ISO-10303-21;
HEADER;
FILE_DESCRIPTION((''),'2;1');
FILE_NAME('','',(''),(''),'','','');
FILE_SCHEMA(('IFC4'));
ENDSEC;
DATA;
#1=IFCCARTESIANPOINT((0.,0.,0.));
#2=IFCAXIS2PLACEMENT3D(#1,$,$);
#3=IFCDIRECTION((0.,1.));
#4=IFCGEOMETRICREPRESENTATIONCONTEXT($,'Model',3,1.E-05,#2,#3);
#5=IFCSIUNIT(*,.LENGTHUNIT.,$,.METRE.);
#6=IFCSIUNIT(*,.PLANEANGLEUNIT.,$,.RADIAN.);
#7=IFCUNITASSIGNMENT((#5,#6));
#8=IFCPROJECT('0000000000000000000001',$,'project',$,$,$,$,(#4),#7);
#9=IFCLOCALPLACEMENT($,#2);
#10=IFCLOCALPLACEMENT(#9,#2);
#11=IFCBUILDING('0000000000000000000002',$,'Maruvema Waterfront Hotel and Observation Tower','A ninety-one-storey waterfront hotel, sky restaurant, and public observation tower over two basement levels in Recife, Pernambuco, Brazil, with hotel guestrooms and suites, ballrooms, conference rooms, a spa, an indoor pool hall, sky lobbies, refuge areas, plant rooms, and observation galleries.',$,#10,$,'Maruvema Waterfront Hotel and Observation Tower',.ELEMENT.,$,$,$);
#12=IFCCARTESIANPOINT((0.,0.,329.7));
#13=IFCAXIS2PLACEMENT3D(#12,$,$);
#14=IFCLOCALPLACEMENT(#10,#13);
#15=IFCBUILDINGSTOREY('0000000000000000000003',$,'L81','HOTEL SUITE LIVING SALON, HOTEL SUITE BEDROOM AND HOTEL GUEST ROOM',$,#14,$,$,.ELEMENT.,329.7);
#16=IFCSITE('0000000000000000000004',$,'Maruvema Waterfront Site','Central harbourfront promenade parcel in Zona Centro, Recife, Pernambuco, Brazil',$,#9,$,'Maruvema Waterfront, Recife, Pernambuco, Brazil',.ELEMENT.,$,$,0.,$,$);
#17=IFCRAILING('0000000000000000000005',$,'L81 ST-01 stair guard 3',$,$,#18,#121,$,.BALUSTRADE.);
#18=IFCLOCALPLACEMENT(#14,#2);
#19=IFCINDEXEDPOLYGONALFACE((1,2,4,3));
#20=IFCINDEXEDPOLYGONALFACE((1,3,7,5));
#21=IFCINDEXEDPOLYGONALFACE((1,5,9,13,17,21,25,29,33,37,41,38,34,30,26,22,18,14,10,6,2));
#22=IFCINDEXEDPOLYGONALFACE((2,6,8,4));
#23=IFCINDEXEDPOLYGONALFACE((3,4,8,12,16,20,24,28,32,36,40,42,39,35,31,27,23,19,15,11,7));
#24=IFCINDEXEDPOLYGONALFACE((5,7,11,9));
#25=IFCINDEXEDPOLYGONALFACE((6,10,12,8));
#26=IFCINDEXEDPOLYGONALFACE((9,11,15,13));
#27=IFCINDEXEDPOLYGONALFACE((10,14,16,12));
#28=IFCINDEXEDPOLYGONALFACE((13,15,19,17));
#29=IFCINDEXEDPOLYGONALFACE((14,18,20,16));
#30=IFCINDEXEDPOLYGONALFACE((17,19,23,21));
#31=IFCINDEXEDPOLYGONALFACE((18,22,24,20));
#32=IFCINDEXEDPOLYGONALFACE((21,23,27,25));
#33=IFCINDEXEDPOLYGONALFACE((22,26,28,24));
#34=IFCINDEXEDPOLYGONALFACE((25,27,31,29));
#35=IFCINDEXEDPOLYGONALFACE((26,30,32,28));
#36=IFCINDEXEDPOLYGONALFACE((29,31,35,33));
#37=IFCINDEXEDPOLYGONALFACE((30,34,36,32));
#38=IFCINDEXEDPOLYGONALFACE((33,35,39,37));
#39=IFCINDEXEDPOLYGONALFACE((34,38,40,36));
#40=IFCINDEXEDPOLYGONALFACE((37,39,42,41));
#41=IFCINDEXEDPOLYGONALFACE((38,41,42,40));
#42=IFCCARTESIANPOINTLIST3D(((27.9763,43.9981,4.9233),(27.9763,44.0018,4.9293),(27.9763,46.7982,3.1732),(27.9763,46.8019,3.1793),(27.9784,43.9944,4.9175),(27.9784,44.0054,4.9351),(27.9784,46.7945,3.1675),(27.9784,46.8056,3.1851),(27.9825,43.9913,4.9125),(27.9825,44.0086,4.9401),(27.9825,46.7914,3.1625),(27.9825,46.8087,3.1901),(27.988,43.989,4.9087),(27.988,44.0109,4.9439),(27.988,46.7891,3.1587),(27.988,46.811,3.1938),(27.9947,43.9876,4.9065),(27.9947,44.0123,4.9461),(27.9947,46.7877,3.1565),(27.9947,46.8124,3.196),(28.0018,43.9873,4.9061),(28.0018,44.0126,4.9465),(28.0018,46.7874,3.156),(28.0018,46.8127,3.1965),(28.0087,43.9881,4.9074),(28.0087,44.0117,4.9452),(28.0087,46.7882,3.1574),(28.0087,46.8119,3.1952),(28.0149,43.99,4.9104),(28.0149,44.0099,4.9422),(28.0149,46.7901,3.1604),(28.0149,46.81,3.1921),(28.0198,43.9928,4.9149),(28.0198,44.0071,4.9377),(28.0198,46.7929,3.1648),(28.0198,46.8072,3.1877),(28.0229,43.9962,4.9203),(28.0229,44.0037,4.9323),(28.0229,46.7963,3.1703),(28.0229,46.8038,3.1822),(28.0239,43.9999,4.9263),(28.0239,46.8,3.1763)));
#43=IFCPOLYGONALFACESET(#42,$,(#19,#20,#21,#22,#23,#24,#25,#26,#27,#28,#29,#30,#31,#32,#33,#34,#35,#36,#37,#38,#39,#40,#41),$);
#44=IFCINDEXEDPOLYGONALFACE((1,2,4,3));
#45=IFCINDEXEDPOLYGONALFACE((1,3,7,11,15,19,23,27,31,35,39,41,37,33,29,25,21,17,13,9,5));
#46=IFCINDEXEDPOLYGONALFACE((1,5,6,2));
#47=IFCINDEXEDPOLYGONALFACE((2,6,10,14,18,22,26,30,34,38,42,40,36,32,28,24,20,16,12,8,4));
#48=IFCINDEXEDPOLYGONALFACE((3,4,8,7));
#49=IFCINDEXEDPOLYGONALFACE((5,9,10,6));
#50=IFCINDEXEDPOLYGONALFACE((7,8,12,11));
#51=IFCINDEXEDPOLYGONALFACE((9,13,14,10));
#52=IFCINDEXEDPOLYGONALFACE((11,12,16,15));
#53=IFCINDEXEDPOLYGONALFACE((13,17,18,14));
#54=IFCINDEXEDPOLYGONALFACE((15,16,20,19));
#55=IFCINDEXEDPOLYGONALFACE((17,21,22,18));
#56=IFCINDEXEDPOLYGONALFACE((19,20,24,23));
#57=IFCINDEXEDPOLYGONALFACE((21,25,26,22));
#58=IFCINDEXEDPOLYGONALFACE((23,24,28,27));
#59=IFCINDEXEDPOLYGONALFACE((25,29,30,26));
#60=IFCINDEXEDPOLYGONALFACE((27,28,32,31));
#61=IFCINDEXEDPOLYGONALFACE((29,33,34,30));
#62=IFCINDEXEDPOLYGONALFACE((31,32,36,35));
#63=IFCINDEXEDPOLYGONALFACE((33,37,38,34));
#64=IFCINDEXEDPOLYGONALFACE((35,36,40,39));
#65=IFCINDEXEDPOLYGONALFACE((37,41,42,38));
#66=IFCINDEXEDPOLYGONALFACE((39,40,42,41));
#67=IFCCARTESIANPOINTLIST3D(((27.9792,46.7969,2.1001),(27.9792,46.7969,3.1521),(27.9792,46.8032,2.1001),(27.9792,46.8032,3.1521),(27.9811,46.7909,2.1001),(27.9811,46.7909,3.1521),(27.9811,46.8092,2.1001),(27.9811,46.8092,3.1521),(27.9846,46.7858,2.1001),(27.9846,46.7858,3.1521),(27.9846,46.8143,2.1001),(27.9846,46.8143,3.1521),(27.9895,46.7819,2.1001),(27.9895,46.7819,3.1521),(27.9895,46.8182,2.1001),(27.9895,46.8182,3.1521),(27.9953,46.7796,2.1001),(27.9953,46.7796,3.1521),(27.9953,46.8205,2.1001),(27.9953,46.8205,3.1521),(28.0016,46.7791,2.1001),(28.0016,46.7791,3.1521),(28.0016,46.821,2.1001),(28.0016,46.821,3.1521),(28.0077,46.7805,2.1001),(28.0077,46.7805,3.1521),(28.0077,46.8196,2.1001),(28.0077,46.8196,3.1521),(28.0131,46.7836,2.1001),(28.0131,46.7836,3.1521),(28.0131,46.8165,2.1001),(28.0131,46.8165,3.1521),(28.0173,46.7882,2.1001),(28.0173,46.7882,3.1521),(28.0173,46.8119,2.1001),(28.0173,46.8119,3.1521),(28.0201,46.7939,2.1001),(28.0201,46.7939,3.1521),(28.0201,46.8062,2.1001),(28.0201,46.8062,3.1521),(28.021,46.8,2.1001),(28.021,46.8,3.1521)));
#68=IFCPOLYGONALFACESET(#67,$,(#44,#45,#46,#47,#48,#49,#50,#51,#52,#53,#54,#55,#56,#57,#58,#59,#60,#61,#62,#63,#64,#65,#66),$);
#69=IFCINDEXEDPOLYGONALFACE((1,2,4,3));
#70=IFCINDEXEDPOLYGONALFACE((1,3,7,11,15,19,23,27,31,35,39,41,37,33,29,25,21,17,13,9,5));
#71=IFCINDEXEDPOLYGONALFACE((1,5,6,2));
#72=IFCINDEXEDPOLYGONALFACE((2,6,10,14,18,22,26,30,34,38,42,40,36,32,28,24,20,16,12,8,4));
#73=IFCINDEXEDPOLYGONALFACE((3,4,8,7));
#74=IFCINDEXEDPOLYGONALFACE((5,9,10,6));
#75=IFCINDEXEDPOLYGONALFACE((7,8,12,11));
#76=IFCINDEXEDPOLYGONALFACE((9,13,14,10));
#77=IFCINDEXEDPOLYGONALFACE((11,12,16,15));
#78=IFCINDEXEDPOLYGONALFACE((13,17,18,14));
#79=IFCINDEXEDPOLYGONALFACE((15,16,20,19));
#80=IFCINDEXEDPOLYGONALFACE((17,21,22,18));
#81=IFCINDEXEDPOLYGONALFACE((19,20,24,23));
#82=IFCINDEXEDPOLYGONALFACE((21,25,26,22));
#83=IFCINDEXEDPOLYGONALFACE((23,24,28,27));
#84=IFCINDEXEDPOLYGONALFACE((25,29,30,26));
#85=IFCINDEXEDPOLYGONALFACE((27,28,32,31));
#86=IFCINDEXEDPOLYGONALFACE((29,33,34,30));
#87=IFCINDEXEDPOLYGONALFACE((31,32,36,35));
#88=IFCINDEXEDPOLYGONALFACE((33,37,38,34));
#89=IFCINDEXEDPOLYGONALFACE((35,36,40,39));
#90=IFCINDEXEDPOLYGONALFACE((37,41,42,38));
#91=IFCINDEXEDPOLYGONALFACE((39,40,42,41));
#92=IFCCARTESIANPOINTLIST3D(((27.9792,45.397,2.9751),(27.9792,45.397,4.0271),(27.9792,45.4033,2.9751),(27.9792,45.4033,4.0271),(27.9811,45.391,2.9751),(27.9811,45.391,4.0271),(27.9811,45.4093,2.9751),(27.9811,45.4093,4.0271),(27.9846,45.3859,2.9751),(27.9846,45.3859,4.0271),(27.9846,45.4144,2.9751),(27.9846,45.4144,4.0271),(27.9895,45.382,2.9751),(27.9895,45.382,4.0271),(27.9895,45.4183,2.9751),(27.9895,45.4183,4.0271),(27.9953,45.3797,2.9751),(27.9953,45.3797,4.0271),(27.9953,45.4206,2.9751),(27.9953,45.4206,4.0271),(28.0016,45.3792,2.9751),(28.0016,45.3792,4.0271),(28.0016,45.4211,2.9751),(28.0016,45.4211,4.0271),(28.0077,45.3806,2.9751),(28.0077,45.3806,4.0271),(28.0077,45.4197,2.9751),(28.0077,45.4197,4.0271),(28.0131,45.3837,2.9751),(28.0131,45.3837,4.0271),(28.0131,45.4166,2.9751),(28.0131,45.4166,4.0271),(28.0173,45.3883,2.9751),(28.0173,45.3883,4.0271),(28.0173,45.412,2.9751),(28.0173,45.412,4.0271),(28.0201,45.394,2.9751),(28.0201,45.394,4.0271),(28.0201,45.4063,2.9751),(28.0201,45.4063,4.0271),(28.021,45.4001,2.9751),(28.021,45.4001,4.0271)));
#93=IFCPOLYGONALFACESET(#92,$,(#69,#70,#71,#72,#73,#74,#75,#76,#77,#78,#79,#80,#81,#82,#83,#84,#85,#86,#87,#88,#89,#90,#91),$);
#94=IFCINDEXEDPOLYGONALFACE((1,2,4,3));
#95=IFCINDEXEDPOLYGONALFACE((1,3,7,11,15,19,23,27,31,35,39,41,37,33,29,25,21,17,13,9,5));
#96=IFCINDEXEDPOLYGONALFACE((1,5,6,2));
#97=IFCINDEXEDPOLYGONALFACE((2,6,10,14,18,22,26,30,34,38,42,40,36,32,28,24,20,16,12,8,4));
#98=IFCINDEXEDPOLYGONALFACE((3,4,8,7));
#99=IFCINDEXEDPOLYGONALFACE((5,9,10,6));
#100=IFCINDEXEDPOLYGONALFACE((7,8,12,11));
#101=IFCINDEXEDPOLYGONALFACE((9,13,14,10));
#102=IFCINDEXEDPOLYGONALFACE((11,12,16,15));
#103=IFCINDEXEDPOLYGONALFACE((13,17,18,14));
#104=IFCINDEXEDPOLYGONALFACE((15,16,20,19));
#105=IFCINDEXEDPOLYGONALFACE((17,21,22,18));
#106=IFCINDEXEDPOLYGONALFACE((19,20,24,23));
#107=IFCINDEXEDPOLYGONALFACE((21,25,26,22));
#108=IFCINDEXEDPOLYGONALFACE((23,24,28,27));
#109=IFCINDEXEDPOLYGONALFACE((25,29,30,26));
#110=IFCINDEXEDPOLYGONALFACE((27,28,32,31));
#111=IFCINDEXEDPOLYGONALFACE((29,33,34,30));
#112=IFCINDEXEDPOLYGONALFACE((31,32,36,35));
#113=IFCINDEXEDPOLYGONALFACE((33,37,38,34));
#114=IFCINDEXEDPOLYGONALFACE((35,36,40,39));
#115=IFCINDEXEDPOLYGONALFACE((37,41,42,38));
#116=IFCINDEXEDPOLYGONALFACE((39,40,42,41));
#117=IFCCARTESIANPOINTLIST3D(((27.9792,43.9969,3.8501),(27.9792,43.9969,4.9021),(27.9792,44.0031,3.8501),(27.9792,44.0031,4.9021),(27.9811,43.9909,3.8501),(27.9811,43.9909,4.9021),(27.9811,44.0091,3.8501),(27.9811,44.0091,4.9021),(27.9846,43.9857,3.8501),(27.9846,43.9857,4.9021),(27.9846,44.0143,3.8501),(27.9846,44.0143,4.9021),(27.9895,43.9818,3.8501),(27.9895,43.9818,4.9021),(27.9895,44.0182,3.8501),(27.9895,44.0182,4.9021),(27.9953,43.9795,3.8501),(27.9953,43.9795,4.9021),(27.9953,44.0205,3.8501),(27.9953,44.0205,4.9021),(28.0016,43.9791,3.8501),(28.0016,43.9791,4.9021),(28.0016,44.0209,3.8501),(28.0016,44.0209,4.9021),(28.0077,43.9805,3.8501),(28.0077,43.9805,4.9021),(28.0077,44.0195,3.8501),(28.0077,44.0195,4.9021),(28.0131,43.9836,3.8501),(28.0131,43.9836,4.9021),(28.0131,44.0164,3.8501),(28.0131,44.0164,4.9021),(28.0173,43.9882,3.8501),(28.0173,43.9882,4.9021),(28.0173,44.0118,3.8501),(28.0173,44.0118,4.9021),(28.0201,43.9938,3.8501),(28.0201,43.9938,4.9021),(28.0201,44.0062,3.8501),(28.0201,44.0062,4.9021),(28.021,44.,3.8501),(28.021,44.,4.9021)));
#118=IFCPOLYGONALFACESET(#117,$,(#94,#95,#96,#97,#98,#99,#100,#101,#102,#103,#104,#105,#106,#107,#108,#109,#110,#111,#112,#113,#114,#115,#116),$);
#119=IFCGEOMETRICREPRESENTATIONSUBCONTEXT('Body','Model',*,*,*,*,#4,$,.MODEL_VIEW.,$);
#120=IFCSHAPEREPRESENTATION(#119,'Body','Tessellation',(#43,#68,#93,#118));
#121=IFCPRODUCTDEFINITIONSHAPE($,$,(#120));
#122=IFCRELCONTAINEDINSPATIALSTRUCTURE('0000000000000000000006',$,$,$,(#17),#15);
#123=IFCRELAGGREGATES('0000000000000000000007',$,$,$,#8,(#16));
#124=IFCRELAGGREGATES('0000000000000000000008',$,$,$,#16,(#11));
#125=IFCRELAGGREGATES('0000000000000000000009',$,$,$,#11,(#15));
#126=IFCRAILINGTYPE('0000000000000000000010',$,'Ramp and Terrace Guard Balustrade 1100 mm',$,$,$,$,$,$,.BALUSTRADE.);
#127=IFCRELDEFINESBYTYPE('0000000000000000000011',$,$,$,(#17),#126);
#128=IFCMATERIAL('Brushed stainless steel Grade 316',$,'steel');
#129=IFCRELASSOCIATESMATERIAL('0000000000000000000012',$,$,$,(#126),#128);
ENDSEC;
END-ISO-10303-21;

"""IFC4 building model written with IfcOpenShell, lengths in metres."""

from ifc_helpers import new_model, si_unit, direction, frame, origin, origin_2d, place, context, subcontext, project, spatial, circle, extrude, material, type_object, element, save


model = new_model("IFC4")

# Units and contexts
model_context = context("Model", 3, precision=1e-05, world=origin(), true_north=direction((0.0, 1.0)))
body_context = subcontext(model_context, "Body", "Model", "MODEL_VIEW")
ifc_project = project(units=[si_unit("LENGTHUNIT", "METRE"), si_unit("PLANEANGLEUNIT", "RADIAN")], contexts=[model_context])

# Site, building, storey
site_placement = place(None, origin())
site = spatial("IfcSite", under=ifc_project, at=site_placement, Name="Maruvema Waterfront Site", Description="Central harbourfront promenade parcel in Zona Centro, Recife, Pernambuco, Brazil", LongName="Maruvema Waterfront, Recife, Pernambuco, Brazil", CompositionType="ELEMENT", RefElevation=0.0)
building_placement = place(site_placement, origin())
building = spatial("IfcBuilding", under=site, at=building_placement, Name="Maruvema Waterfront Hotel and Observation Tower", Description="A ninety-one-storey waterfront hotel, sky restaurant, and public observation tower over two basement levels in Recife, Pernambuco, Brazil, with hotel guestrooms and suites, ballrooms, conference rooms, a spa, an indoor pool hall, sky lobbies, refuge areas, plant rooms, and observation galleries.", LongName="Maruvema Waterfront Hotel and Observation Tower", CompositionType="ELEMENT")
storey_placement = place(building_placement, frame((0.0, 0.0, 329.7)))
storey = spatial("IfcBuildingStorey", under=building, at=storey_placement, Name="L81", Description="HOTEL SUITE LIVING SALON, HOTEL SUITE BEDROOM AND HOTEL GUEST ROOM", CompositionType="ELEMENT", Elevation=329.7)

# Railing
ifc_material_1 = material(Name="Brushed stainless steel Grade 316", Category="steel")
railing_type_1 = type_object("IfcRailingType", Name="Ramp and Terrace Guard Balustrade 1100 mm", PredefinedType="BALUSTRADE", material=ifc_material_1)
railing_1_placement = place(storey_placement, frame((28.0, 46.8, 2.1001)))
element("IfcRailing", 1, at=railing_1_placement, inside=storey, type_object=railing_type_1, Name="L81 ST-01 stair guard 3", PredefinedType="BALUSTRADE", context=body_context, shape_type="SweptSolid", body=[
    extrude(circle(Radius=0.0239, at=origin_2d()), frame((0.0, 0.0, 1.0762), z_axis=(0.0, -0.848002, 0.529992), x_axis=(1.0, 0.0, 0.0)), (0.0, 0.0, 1.0), 3.302),
    extrude(circle(Radius=0.021, at=origin_2d()), origin(), (0.0, 0.0, 1.0), 1.052),
    extrude(circle(Radius=0.021, at=origin_2d()), frame((0.0, -1.3999, 0.875)), (0.0, 0.0, 1.0), 1.052),
    extrude(circle(Radius=0.021, at=origin_2d()), frame((0.0, -2.8, 1.75)), (0.0, 0.0, 1.0), 1.052),
])

save(model, "model.ifc")
